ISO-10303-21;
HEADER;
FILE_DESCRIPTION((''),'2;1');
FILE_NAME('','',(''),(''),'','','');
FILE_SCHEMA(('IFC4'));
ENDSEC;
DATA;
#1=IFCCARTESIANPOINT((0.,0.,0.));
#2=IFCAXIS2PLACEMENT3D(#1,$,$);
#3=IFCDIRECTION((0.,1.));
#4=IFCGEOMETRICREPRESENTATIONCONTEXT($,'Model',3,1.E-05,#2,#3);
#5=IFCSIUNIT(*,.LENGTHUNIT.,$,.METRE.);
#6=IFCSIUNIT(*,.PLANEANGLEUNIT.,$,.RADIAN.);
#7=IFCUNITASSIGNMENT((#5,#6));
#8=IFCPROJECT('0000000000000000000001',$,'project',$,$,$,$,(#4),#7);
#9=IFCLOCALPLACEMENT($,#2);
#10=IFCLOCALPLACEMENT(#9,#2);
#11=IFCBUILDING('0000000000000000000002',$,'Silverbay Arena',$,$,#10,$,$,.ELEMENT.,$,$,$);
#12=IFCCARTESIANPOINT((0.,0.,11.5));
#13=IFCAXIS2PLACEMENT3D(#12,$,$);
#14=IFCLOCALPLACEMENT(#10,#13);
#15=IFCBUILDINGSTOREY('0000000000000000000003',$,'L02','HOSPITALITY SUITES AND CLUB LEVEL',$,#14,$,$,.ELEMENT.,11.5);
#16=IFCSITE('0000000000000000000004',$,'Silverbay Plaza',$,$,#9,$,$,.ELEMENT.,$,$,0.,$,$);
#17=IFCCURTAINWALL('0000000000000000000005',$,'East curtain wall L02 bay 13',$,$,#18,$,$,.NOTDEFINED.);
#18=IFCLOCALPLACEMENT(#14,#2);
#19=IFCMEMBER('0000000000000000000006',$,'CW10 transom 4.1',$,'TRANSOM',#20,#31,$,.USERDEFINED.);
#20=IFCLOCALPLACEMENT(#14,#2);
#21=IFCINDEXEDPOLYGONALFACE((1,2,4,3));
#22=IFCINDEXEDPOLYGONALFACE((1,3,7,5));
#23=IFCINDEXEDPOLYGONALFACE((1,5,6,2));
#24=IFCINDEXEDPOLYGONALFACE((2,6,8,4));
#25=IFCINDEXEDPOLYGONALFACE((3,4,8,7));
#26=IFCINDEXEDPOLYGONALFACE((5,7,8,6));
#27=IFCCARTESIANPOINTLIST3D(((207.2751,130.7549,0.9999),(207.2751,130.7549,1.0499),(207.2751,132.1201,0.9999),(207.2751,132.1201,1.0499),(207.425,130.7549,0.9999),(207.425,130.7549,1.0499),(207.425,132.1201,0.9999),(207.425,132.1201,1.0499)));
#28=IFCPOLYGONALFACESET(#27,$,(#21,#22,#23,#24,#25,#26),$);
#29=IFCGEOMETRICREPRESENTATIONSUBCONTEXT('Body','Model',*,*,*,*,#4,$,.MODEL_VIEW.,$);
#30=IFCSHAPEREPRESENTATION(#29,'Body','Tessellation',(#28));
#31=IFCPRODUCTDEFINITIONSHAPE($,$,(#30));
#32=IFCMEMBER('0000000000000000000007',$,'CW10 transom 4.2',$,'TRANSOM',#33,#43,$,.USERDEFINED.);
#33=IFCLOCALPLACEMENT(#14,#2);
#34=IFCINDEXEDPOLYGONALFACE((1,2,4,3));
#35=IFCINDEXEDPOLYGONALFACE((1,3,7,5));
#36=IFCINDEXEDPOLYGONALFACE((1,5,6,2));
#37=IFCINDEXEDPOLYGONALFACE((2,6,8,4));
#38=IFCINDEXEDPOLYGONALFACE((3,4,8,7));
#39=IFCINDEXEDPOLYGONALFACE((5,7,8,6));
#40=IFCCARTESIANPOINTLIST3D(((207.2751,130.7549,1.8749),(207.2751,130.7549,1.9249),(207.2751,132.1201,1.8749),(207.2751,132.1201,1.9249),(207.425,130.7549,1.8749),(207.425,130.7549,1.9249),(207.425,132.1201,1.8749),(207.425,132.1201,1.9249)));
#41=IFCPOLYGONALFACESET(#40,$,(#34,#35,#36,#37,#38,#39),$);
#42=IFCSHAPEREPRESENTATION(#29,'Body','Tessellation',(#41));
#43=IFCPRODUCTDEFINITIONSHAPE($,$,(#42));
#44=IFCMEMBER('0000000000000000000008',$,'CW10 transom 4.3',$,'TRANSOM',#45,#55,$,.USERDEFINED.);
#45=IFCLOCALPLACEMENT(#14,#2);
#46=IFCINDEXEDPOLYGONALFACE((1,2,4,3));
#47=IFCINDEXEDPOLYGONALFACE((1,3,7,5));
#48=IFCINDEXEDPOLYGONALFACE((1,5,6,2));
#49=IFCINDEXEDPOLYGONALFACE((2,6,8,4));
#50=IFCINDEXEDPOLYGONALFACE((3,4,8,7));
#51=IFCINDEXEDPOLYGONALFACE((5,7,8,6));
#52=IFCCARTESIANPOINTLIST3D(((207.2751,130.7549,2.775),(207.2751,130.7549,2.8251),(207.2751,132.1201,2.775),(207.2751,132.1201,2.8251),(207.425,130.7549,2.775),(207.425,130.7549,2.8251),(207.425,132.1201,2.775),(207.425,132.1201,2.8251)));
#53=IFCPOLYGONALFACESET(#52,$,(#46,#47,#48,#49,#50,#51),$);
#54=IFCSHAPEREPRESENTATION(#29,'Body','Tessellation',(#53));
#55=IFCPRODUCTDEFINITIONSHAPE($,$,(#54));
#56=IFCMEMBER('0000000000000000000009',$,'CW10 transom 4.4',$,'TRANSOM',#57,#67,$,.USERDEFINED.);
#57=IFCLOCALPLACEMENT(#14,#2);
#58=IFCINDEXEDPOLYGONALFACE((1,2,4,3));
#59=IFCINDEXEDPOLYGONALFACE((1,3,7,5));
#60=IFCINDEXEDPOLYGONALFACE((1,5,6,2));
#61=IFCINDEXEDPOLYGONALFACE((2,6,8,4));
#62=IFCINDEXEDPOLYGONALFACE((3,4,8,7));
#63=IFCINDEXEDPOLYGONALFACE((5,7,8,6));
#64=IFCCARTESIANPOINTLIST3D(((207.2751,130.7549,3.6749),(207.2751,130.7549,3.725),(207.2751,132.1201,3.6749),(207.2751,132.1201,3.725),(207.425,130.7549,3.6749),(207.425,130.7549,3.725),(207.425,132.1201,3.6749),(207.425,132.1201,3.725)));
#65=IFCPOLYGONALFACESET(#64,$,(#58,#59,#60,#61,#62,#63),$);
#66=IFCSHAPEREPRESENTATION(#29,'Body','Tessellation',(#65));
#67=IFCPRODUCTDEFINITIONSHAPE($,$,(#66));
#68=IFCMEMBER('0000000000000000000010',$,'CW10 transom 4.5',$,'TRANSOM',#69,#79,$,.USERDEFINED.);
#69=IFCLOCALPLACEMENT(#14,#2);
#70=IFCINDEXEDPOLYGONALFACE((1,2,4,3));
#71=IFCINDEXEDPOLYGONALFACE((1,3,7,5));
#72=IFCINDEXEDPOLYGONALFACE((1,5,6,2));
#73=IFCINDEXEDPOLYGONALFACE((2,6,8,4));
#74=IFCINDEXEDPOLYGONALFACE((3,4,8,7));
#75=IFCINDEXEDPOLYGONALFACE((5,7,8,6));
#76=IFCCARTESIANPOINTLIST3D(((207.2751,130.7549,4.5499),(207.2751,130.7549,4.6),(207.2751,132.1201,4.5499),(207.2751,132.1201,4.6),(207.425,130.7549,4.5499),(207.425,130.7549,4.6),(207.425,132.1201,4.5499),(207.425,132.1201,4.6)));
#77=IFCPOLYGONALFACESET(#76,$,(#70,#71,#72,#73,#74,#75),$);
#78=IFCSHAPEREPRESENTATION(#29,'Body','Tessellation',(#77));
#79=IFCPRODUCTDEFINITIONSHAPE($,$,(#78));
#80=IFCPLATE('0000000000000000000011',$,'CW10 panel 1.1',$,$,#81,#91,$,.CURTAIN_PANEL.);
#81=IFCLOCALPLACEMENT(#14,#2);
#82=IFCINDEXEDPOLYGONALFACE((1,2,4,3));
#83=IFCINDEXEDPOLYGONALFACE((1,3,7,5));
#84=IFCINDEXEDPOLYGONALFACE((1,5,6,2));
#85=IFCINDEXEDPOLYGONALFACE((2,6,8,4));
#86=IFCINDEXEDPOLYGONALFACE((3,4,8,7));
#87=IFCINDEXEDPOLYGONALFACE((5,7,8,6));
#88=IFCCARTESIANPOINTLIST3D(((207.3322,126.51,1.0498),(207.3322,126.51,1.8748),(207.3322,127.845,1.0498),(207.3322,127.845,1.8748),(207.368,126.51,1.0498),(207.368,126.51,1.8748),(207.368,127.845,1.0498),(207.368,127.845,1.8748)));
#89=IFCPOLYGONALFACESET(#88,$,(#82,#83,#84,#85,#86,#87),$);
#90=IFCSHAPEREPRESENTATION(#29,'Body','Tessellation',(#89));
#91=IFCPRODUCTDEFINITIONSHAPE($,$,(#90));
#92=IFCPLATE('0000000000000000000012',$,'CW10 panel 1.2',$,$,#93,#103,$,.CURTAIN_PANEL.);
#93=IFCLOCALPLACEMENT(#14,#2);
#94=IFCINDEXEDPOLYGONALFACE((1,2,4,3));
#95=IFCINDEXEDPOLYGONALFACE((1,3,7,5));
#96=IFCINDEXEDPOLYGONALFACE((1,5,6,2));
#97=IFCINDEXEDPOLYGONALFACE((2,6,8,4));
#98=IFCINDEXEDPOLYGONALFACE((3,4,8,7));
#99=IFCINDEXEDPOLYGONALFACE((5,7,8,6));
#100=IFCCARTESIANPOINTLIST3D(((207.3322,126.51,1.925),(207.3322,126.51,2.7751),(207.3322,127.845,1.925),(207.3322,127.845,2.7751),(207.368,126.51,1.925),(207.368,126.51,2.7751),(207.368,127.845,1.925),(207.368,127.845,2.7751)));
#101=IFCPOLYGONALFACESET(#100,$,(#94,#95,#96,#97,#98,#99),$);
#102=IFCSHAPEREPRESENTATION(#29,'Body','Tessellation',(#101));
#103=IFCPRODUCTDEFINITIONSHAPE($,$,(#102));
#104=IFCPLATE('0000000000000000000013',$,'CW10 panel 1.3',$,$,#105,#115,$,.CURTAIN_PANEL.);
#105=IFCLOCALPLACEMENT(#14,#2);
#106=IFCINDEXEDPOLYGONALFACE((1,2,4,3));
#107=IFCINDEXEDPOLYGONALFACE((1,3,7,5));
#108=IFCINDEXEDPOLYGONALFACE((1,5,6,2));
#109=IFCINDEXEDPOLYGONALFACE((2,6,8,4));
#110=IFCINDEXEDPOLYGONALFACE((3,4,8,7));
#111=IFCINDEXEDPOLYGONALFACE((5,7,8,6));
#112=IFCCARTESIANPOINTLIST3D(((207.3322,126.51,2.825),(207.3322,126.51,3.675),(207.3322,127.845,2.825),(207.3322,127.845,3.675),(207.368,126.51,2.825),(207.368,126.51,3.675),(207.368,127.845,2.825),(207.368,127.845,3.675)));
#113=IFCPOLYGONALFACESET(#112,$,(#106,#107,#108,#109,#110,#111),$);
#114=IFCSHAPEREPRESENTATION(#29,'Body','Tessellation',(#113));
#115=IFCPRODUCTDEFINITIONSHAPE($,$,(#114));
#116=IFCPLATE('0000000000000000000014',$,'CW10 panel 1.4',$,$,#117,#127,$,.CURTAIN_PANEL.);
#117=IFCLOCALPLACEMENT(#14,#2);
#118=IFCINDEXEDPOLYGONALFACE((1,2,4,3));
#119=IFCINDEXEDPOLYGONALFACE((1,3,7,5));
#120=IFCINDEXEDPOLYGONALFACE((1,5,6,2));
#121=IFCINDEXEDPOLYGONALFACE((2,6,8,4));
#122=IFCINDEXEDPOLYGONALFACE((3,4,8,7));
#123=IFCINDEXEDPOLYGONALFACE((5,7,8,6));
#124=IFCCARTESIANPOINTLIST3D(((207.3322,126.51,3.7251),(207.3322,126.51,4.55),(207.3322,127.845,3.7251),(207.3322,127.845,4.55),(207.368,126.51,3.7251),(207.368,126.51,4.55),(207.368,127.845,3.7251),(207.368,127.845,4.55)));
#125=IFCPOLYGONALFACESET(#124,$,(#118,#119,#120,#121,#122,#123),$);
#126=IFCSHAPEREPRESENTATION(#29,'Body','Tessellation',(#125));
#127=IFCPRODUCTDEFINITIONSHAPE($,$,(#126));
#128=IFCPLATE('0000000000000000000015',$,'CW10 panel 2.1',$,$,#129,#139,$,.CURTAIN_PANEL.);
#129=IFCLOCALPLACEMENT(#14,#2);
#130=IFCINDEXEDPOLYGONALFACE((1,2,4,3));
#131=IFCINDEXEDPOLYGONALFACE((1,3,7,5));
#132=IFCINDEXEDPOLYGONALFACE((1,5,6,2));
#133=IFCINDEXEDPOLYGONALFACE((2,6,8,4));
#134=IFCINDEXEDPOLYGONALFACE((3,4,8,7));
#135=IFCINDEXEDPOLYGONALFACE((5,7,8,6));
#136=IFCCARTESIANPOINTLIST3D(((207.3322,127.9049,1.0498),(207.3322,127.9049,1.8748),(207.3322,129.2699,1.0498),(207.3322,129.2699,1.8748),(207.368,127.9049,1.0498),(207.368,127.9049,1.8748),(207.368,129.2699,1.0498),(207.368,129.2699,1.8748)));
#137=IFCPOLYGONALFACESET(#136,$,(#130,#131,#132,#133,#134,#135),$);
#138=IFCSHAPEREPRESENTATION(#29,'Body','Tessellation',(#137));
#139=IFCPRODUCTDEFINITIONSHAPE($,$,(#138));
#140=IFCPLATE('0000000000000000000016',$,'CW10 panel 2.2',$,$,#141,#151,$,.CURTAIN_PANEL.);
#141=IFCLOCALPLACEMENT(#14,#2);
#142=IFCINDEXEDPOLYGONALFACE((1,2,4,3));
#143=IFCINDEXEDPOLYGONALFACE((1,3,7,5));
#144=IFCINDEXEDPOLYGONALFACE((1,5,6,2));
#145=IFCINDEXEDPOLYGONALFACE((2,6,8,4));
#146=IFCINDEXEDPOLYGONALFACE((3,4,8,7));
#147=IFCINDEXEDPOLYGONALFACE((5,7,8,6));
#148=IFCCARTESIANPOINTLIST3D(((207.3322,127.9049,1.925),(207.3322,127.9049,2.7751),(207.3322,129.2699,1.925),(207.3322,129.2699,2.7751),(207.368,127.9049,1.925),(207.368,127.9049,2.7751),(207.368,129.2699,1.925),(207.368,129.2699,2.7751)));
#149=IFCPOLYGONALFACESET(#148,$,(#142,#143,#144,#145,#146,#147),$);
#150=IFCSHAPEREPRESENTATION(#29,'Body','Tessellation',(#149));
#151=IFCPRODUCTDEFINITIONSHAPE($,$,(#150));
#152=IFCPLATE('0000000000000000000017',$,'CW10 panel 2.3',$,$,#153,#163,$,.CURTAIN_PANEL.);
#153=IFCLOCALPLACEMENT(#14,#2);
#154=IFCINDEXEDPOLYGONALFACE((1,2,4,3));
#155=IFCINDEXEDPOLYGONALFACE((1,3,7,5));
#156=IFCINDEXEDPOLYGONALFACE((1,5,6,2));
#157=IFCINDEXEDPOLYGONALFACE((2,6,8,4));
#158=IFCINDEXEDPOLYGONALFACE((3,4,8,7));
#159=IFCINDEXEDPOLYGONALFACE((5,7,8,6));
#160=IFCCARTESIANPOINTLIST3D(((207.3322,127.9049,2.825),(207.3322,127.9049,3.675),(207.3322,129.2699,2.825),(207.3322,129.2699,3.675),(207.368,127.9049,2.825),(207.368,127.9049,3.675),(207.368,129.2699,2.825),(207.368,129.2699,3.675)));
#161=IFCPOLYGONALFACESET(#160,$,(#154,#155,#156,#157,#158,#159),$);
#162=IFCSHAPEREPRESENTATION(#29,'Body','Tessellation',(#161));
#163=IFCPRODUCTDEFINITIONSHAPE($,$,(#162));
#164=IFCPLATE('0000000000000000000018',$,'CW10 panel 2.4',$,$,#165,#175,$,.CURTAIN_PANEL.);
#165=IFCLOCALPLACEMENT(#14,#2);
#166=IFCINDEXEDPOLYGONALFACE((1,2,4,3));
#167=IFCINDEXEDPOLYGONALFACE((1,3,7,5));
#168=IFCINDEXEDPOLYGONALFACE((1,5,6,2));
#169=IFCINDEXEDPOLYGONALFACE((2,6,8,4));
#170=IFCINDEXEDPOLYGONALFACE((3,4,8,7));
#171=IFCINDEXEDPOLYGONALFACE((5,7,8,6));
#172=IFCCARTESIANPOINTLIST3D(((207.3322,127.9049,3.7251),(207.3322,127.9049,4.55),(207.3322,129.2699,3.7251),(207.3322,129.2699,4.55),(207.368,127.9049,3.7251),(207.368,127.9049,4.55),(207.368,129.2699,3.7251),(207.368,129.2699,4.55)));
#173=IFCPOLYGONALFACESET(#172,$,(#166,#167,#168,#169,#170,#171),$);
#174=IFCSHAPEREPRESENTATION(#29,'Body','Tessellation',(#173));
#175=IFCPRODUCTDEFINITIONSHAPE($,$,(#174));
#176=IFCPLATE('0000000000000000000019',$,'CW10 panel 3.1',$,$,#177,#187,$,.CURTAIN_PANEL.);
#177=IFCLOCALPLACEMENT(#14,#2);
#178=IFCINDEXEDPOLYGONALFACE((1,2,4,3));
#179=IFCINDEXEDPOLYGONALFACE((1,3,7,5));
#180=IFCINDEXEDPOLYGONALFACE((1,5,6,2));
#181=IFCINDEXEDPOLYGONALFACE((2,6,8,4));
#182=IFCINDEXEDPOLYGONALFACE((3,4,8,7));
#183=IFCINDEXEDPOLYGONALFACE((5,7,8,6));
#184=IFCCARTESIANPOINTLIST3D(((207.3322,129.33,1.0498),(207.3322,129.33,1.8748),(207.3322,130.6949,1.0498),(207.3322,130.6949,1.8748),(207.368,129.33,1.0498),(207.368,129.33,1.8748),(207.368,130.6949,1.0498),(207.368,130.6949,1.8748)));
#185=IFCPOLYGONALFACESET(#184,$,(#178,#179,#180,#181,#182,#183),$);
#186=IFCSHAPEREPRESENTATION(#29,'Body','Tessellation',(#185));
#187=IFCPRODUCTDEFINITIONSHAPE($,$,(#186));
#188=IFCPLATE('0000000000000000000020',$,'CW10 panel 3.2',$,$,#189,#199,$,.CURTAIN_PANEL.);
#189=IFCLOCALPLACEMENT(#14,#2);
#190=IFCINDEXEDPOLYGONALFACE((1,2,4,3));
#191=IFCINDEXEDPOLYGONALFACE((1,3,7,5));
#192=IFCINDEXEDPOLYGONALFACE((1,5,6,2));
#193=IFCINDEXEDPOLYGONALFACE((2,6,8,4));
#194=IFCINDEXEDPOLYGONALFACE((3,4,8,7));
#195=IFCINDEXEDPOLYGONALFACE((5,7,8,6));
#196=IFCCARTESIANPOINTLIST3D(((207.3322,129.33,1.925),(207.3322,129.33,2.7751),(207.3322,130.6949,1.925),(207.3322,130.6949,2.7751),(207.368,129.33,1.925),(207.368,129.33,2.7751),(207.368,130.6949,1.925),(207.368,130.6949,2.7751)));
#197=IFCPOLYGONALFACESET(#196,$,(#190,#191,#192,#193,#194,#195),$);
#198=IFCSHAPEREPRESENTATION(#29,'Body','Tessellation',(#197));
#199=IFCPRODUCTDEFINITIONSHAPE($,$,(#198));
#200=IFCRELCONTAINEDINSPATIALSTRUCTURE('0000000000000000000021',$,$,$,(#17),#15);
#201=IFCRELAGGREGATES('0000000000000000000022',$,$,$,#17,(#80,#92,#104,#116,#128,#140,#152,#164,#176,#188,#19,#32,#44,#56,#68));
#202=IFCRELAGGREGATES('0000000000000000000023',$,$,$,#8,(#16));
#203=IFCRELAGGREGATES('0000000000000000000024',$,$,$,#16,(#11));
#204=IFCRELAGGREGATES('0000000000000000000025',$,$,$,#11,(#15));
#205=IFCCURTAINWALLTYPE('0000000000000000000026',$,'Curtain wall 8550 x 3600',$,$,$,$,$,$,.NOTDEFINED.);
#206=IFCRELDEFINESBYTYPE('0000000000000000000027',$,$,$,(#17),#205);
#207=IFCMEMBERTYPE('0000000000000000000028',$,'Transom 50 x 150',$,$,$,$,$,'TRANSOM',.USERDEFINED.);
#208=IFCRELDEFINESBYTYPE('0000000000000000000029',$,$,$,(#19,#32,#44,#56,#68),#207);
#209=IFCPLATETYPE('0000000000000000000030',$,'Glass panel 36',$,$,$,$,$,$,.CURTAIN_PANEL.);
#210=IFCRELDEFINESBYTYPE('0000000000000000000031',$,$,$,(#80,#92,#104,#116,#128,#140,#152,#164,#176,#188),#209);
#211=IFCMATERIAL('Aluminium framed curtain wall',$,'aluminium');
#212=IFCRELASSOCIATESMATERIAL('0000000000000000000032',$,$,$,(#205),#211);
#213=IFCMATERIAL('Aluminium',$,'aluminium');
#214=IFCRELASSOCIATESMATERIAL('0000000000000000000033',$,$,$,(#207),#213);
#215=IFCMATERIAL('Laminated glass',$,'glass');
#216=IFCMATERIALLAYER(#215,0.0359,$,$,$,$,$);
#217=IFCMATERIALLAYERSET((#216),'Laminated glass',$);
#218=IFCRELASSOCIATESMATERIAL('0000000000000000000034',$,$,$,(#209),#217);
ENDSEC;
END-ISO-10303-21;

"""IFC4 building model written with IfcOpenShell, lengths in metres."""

from ifc_helpers import new_model, si_unit, direction, frame, origin, origin_2d, place, context, subcontext, project, spatial, rectangle, extrude, material, layer, layer_set, material_profile, profile_set, type_object, element, aggregate, save


model = new_model("IFC4")

# Units and contexts
model_context = context("Model", 3, precision=1e-05, world=origin(), true_north=direction((0.0, 1.0)))
body_context = subcontext(model_context, "Body", "Model", "MODEL_VIEW")
ifc_project = project(units=[si_unit("LENGTHUNIT", "METRE"), si_unit("PLANEANGLEUNIT", "RADIAN")], contexts=[model_context])

# Site, building, storey
site_placement = place(None, origin())
site = spatial("IfcSite", under=ifc_project, at=site_placement, Name="Silverbay Plaza", CompositionType="ELEMENT", RefElevation=0.0)
building_placement = place(site_placement, origin())
building = spatial("IfcBuilding", under=site, at=building_placement, Name="Silverbay Arena", CompositionType="ELEMENT")
storey_placement = place(building_placement, frame((0.0, 0.0, 11.5)))
storey = spatial("IfcBuildingStorey", under=building, at=storey_placement, Name="L02", Description="HOSPITALITY SUITES AND CLUB LEVEL", CompositionType="ELEMENT", Elevation=11.5)

# Curtain wall, members, plates
ifc_material_1 = material(Name="Aluminium framed curtain wall", Category="aluminium")
curtain_wall_type = type_object("IfcCurtainWallType", Name="Curtain wall 8550 x 3600", PredefinedType="NOTDEFINED", material=ifc_material_1)
curtain_wall_placement = place(storey_placement, origin())
curtain_wall = element("IfcCurtainWall", 1, at=curtain_wall_placement, inside=storey, type_object=curtain_wall_type, Name="East curtain wall L02 bay 13", PredefinedType="NOTDEFINED")
ifc_material_2 = material(Name="Aluminium", Category="aluminium")
ifc_material_profile_1 = material_profile(ifc_material_2, rectangle(XDim=0.1499, YDim=0.05, at=origin_2d()), Name="Transom 50 x 150")
ifc_profile_set_1 = profile_set([ifc_material_profile_1], Name="Aluminium")
member_type_1 = type_object("IfcMemberType", Name="Transom 50 x 150", ElementType="TRANSOM", PredefinedType="USERDEFINED", material=ifc_profile_set_1)
member_1_placement = place(storey_placement, frame((207.3501, 130.7549, 1.0249), z_axis=(0.0, 1.0, 0.0), x_axis=(-1.0, 0.0, 0.0)))
member_1 = element("IfcMember", 2, at=member_1_placement, type_object=member_type_1, Name="CW10 transom 4.1", ObjectType="TRANSOM", PredefinedType="USERDEFINED", context=body_context, shape_type="SweptSolid", body=[
    extrude(rectangle(XDim=0.1499, YDim=0.05, at=origin_2d()), origin(), (0.0, 0.0, 1.0), 1.3652),
])
member_2_placement = place(storey_placement, frame((207.3501, 130.7549, 1.8999), z_axis=(0.0, 1.0, 0.0), x_axis=(-1.0, 0.0, 0.0)))
member_2 = element("IfcMember", 3, at=member_2_placement, type_object=member_type_1, Name="CW10 transom 4.2", ObjectType="TRANSOM", PredefinedType="USERDEFINED", context=body_context, shape_type="SweptSolid", body=[
    extrude(rectangle(XDim=0.1499, YDim=0.05, at=origin_2d()), origin(), (0.0, 0.0, 1.0), 1.3652),
])
member_3_placement = place(storey_placement, frame((207.3501, 130.7549, 2.8), z_axis=(0.0, 1.0, 0.0), x_axis=(-1.0, 0.0, 0.0)))
member_3 = element("IfcMember", 4, at=member_3_placement, type_object=member_type_1, Name="CW10 transom 4.3", ObjectType="TRANSOM", PredefinedType="USERDEFINED", context=body_context, shape_type="SweptSolid", body=[
    extrude(rectangle(XDim=0.1499, YDim=0.05, at=origin_2d()), origin(), (0.0, 0.0, 1.0), 1.3652),
])
member_4_placement = place(storey_placement, frame((207.3501, 130.7549, 3.7), z_axis=(0.0, 1.0, 0.0), x_axis=(-1.0, 0.0, 0.0)))
member_4 = element("IfcMember", 5, at=member_4_placement, type_object=member_type_1, Name="CW10 transom 4.4", ObjectType="TRANSOM", PredefinedType="USERDEFINED", context=body_context, shape_type="SweptSolid", body=[
    extrude(rectangle(XDim=0.1499, YDim=0.05, at=origin_2d()), origin(), (0.0, 0.0, 1.0), 1.3652),
])
member_5_placement = place(storey_placement, frame((207.3501, 130.7549, 4.575), z_axis=(0.0, 1.0, 0.0), x_axis=(-1.0, 0.0, 0.0)))
member_5 = element("IfcMember", 6, at=member_5_placement, type_object=member_type_1, Name="CW10 transom 4.5", ObjectType="TRANSOM", PredefinedType="USERDEFINED", context=body_context, shape_type="SweptSolid", body=[
    extrude(rectangle(XDim=0.1499, YDim=0.05, at=origin_2d()), origin(), (0.0, 0.0, 1.0), 1.3652),
])
ifc_material_3 = material(Name="Laminated glass", Category="glass")
ifc_layer = layer(ifc_material_3, 0.0359)
ifc_layer_set = layer_set([ifc_layer], Name="Laminated glass")
plate_type = type_object("IfcPlateType", Name="Glass panel 36", PredefinedType="CURTAIN_PANEL", material=ifc_layer_set)
plate_1_placement = place(storey_placement, frame((207.3501, 127.1775, 1.0498), z_axis=(0.0, 0.0, 1.0), x_axis=(0.0, 1.0, 0.0)))
plate_1 = element("IfcPlate", 7, at=plate_1_placement, type_object=plate_type, Name="CW10 panel 1.1", PredefinedType="CURTAIN_PANEL", context=body_context, shape_type="SweptSolid", body=[
    extrude(rectangle(XDim=1.335, YDim=0.0359, at=origin_2d()), origin(), (0.0, 0.0, 1.0), 0.825),
])
plate_2_placement = place(storey_placement, frame((207.3501, 127.1775, 1.925), z_axis=(0.0, 0.0, 1.0), x_axis=(0.0, 1.0, 0.0)))
plate_2 = element("IfcPlate", 8, at=plate_2_placement, type_object=plate_type, Name="CW10 panel 1.2", PredefinedType="CURTAIN_PANEL", context=body_context, shape_type="SweptSolid", body=[
    extrude(rectangle(XDim=1.335, YDim=0.0359, at=origin_2d()), origin(), (0.0, 0.0, 1.0), 0.8501),
])
plate_3_placement = place(storey_placement, frame((207.3501, 127.1775, 2.825), z_axis=(0.0, 0.0, 1.0), x_axis=(0.0, 1.0, 0.0)))
plate_3 = element("IfcPlate", 9, at=plate_3_placement, type_object=plate_type, Name="CW10 panel 1.3", PredefinedType="CURTAIN_PANEL", context=body_context, shape_type="SweptSolid", body=[
    extrude(rectangle(XDim=1.335, YDim=0.0359, at=origin_2d()), origin(), (0.0, 0.0, 1.0), 0.8501),
])
plate_4_placement = place(storey_placement, frame((207.3501, 127.1775, 3.7251), z_axis=(0.0, 0.0, 1.0), x_axis=(0.0, 1.0, 0.0)))
plate_4 = element("IfcPlate", 10, at=plate_4_placement, type_object=plate_type, Name="CW10 panel 1.4", PredefinedType="CURTAIN_PANEL", context=body_context, shape_type="SweptSolid", body=[
    extrude(rectangle(XDim=1.335, YDim=0.0359, at=origin_2d()), origin(), (0.0, 0.0, 1.0), 0.825),
])
plate_5_placement = place(storey_placement, frame((207.3501, 128.5874, 1.0498), z_axis=(0.0, 0.0, 1.0), x_axis=(0.0, 1.0, 0.0)))
plate_5 = element("IfcPlate", 11, at=plate_5_placement, type_object=plate_type, Name="CW10 panel 2.1", PredefinedType="CURTAIN_PANEL", context=body_context, shape_type="SweptSolid", body=[
    extrude(rectangle(XDim=1.365, YDim=0.0359, at=origin_2d()), origin(), (0.0, 0.0, 1.0), 0.825),
])
plate_6_placement = place(storey_placement, frame((207.3501, 128.5874, 1.925), z_axis=(0.0, 0.0, 1.0), x_axis=(0.0, 1.0, 0.0)))
plate_6 = element("IfcPlate", 12, at=plate_6_placement, type_object=plate_type, Name="CW10 panel 2.2", PredefinedType="CURTAIN_PANEL", context=body_context, shape_type="SweptSolid", body=[
    extrude(rectangle(XDim=1.365, YDim=0.0359, at=origin_2d()), origin(), (0.0, 0.0, 1.0), 0.8501),
])
plate_7_placement = place(storey_placement, frame((207.3501, 128.5874, 2.825), z_axis=(0.0, 0.0, 1.0), x_axis=(0.0, 1.0, 0.0)))
plate_7 = element("IfcPlate", 13, at=plate_7_placement, type_object=plate_type, Name="CW10 panel 2.3", PredefinedType="CURTAIN_PANEL", context=body_context, shape_type="SweptSolid", body=[
    extrude(rectangle(XDim=1.365, YDim=0.0359, at=origin_2d()), origin(), (0.0, 0.0, 1.0), 0.8501),
])
plate_8_placement = place(storey_placement, frame((207.3501, 128.5874, 3.7251), z_axis=(0.0, 0.0, 1.0), x_axis=(0.0, 1.0, 0.0)))
plate_8 = element("IfcPlate", 14, at=plate_8_placement, type_object=plate_type, Name="CW10 panel 2.4", PredefinedType="CURTAIN_PANEL", context=body_context, shape_type="SweptSolid", body=[
    extrude(rectangle(XDim=1.365, YDim=0.0359, at=origin_2d()), origin(), (0.0, 0.0, 1.0), 0.825),
])
plate_9_placement = place(storey_placement, frame((207.3501, 130.0125, 1.0498), z_axis=(0.0, 0.0, 1.0), x_axis=(0.0, 1.0, 0.0)))
plate_9 = element("IfcPlate", 15, at=plate_9_placement, type_object=plate_type, Name="CW10 panel 3.1", PredefinedType="CURTAIN_PANEL", context=body_context, shape_type="SweptSolid", body=[
    extrude(rectangle(XDim=1.365, YDim=0.0359, at=origin_2d()), origin(), (0.0, 0.0, 1.0), 0.825),
])
plate_10_placement = place(storey_placement, frame((207.3501, 130.0125, 1.925), z_axis=(0.0, 0.0, 1.0), x_axis=(0.0, 1.0, 0.0)))
plate_10 = element("IfcPlate", 16, at=plate_10_placement, type_object=plate_type, Name="CW10 panel 3.2", PredefinedType="CURTAIN_PANEL", context=body_context, shape_type="SweptSolid", body=[
    extrude(rectangle(XDim=1.365, YDim=0.0359, at=origin_2d()), origin(), (0.0, 0.0, 1.0), 0.8501),
])
aggregate(curtain_wall, [plate_1, plate_2, plate_3, plate_4, plate_5, plate_6, plate_7, plate_8, plate_9, plate_10, member_1, member_2, member_3, member_4, member_5])

save(model, "model.ifc")
